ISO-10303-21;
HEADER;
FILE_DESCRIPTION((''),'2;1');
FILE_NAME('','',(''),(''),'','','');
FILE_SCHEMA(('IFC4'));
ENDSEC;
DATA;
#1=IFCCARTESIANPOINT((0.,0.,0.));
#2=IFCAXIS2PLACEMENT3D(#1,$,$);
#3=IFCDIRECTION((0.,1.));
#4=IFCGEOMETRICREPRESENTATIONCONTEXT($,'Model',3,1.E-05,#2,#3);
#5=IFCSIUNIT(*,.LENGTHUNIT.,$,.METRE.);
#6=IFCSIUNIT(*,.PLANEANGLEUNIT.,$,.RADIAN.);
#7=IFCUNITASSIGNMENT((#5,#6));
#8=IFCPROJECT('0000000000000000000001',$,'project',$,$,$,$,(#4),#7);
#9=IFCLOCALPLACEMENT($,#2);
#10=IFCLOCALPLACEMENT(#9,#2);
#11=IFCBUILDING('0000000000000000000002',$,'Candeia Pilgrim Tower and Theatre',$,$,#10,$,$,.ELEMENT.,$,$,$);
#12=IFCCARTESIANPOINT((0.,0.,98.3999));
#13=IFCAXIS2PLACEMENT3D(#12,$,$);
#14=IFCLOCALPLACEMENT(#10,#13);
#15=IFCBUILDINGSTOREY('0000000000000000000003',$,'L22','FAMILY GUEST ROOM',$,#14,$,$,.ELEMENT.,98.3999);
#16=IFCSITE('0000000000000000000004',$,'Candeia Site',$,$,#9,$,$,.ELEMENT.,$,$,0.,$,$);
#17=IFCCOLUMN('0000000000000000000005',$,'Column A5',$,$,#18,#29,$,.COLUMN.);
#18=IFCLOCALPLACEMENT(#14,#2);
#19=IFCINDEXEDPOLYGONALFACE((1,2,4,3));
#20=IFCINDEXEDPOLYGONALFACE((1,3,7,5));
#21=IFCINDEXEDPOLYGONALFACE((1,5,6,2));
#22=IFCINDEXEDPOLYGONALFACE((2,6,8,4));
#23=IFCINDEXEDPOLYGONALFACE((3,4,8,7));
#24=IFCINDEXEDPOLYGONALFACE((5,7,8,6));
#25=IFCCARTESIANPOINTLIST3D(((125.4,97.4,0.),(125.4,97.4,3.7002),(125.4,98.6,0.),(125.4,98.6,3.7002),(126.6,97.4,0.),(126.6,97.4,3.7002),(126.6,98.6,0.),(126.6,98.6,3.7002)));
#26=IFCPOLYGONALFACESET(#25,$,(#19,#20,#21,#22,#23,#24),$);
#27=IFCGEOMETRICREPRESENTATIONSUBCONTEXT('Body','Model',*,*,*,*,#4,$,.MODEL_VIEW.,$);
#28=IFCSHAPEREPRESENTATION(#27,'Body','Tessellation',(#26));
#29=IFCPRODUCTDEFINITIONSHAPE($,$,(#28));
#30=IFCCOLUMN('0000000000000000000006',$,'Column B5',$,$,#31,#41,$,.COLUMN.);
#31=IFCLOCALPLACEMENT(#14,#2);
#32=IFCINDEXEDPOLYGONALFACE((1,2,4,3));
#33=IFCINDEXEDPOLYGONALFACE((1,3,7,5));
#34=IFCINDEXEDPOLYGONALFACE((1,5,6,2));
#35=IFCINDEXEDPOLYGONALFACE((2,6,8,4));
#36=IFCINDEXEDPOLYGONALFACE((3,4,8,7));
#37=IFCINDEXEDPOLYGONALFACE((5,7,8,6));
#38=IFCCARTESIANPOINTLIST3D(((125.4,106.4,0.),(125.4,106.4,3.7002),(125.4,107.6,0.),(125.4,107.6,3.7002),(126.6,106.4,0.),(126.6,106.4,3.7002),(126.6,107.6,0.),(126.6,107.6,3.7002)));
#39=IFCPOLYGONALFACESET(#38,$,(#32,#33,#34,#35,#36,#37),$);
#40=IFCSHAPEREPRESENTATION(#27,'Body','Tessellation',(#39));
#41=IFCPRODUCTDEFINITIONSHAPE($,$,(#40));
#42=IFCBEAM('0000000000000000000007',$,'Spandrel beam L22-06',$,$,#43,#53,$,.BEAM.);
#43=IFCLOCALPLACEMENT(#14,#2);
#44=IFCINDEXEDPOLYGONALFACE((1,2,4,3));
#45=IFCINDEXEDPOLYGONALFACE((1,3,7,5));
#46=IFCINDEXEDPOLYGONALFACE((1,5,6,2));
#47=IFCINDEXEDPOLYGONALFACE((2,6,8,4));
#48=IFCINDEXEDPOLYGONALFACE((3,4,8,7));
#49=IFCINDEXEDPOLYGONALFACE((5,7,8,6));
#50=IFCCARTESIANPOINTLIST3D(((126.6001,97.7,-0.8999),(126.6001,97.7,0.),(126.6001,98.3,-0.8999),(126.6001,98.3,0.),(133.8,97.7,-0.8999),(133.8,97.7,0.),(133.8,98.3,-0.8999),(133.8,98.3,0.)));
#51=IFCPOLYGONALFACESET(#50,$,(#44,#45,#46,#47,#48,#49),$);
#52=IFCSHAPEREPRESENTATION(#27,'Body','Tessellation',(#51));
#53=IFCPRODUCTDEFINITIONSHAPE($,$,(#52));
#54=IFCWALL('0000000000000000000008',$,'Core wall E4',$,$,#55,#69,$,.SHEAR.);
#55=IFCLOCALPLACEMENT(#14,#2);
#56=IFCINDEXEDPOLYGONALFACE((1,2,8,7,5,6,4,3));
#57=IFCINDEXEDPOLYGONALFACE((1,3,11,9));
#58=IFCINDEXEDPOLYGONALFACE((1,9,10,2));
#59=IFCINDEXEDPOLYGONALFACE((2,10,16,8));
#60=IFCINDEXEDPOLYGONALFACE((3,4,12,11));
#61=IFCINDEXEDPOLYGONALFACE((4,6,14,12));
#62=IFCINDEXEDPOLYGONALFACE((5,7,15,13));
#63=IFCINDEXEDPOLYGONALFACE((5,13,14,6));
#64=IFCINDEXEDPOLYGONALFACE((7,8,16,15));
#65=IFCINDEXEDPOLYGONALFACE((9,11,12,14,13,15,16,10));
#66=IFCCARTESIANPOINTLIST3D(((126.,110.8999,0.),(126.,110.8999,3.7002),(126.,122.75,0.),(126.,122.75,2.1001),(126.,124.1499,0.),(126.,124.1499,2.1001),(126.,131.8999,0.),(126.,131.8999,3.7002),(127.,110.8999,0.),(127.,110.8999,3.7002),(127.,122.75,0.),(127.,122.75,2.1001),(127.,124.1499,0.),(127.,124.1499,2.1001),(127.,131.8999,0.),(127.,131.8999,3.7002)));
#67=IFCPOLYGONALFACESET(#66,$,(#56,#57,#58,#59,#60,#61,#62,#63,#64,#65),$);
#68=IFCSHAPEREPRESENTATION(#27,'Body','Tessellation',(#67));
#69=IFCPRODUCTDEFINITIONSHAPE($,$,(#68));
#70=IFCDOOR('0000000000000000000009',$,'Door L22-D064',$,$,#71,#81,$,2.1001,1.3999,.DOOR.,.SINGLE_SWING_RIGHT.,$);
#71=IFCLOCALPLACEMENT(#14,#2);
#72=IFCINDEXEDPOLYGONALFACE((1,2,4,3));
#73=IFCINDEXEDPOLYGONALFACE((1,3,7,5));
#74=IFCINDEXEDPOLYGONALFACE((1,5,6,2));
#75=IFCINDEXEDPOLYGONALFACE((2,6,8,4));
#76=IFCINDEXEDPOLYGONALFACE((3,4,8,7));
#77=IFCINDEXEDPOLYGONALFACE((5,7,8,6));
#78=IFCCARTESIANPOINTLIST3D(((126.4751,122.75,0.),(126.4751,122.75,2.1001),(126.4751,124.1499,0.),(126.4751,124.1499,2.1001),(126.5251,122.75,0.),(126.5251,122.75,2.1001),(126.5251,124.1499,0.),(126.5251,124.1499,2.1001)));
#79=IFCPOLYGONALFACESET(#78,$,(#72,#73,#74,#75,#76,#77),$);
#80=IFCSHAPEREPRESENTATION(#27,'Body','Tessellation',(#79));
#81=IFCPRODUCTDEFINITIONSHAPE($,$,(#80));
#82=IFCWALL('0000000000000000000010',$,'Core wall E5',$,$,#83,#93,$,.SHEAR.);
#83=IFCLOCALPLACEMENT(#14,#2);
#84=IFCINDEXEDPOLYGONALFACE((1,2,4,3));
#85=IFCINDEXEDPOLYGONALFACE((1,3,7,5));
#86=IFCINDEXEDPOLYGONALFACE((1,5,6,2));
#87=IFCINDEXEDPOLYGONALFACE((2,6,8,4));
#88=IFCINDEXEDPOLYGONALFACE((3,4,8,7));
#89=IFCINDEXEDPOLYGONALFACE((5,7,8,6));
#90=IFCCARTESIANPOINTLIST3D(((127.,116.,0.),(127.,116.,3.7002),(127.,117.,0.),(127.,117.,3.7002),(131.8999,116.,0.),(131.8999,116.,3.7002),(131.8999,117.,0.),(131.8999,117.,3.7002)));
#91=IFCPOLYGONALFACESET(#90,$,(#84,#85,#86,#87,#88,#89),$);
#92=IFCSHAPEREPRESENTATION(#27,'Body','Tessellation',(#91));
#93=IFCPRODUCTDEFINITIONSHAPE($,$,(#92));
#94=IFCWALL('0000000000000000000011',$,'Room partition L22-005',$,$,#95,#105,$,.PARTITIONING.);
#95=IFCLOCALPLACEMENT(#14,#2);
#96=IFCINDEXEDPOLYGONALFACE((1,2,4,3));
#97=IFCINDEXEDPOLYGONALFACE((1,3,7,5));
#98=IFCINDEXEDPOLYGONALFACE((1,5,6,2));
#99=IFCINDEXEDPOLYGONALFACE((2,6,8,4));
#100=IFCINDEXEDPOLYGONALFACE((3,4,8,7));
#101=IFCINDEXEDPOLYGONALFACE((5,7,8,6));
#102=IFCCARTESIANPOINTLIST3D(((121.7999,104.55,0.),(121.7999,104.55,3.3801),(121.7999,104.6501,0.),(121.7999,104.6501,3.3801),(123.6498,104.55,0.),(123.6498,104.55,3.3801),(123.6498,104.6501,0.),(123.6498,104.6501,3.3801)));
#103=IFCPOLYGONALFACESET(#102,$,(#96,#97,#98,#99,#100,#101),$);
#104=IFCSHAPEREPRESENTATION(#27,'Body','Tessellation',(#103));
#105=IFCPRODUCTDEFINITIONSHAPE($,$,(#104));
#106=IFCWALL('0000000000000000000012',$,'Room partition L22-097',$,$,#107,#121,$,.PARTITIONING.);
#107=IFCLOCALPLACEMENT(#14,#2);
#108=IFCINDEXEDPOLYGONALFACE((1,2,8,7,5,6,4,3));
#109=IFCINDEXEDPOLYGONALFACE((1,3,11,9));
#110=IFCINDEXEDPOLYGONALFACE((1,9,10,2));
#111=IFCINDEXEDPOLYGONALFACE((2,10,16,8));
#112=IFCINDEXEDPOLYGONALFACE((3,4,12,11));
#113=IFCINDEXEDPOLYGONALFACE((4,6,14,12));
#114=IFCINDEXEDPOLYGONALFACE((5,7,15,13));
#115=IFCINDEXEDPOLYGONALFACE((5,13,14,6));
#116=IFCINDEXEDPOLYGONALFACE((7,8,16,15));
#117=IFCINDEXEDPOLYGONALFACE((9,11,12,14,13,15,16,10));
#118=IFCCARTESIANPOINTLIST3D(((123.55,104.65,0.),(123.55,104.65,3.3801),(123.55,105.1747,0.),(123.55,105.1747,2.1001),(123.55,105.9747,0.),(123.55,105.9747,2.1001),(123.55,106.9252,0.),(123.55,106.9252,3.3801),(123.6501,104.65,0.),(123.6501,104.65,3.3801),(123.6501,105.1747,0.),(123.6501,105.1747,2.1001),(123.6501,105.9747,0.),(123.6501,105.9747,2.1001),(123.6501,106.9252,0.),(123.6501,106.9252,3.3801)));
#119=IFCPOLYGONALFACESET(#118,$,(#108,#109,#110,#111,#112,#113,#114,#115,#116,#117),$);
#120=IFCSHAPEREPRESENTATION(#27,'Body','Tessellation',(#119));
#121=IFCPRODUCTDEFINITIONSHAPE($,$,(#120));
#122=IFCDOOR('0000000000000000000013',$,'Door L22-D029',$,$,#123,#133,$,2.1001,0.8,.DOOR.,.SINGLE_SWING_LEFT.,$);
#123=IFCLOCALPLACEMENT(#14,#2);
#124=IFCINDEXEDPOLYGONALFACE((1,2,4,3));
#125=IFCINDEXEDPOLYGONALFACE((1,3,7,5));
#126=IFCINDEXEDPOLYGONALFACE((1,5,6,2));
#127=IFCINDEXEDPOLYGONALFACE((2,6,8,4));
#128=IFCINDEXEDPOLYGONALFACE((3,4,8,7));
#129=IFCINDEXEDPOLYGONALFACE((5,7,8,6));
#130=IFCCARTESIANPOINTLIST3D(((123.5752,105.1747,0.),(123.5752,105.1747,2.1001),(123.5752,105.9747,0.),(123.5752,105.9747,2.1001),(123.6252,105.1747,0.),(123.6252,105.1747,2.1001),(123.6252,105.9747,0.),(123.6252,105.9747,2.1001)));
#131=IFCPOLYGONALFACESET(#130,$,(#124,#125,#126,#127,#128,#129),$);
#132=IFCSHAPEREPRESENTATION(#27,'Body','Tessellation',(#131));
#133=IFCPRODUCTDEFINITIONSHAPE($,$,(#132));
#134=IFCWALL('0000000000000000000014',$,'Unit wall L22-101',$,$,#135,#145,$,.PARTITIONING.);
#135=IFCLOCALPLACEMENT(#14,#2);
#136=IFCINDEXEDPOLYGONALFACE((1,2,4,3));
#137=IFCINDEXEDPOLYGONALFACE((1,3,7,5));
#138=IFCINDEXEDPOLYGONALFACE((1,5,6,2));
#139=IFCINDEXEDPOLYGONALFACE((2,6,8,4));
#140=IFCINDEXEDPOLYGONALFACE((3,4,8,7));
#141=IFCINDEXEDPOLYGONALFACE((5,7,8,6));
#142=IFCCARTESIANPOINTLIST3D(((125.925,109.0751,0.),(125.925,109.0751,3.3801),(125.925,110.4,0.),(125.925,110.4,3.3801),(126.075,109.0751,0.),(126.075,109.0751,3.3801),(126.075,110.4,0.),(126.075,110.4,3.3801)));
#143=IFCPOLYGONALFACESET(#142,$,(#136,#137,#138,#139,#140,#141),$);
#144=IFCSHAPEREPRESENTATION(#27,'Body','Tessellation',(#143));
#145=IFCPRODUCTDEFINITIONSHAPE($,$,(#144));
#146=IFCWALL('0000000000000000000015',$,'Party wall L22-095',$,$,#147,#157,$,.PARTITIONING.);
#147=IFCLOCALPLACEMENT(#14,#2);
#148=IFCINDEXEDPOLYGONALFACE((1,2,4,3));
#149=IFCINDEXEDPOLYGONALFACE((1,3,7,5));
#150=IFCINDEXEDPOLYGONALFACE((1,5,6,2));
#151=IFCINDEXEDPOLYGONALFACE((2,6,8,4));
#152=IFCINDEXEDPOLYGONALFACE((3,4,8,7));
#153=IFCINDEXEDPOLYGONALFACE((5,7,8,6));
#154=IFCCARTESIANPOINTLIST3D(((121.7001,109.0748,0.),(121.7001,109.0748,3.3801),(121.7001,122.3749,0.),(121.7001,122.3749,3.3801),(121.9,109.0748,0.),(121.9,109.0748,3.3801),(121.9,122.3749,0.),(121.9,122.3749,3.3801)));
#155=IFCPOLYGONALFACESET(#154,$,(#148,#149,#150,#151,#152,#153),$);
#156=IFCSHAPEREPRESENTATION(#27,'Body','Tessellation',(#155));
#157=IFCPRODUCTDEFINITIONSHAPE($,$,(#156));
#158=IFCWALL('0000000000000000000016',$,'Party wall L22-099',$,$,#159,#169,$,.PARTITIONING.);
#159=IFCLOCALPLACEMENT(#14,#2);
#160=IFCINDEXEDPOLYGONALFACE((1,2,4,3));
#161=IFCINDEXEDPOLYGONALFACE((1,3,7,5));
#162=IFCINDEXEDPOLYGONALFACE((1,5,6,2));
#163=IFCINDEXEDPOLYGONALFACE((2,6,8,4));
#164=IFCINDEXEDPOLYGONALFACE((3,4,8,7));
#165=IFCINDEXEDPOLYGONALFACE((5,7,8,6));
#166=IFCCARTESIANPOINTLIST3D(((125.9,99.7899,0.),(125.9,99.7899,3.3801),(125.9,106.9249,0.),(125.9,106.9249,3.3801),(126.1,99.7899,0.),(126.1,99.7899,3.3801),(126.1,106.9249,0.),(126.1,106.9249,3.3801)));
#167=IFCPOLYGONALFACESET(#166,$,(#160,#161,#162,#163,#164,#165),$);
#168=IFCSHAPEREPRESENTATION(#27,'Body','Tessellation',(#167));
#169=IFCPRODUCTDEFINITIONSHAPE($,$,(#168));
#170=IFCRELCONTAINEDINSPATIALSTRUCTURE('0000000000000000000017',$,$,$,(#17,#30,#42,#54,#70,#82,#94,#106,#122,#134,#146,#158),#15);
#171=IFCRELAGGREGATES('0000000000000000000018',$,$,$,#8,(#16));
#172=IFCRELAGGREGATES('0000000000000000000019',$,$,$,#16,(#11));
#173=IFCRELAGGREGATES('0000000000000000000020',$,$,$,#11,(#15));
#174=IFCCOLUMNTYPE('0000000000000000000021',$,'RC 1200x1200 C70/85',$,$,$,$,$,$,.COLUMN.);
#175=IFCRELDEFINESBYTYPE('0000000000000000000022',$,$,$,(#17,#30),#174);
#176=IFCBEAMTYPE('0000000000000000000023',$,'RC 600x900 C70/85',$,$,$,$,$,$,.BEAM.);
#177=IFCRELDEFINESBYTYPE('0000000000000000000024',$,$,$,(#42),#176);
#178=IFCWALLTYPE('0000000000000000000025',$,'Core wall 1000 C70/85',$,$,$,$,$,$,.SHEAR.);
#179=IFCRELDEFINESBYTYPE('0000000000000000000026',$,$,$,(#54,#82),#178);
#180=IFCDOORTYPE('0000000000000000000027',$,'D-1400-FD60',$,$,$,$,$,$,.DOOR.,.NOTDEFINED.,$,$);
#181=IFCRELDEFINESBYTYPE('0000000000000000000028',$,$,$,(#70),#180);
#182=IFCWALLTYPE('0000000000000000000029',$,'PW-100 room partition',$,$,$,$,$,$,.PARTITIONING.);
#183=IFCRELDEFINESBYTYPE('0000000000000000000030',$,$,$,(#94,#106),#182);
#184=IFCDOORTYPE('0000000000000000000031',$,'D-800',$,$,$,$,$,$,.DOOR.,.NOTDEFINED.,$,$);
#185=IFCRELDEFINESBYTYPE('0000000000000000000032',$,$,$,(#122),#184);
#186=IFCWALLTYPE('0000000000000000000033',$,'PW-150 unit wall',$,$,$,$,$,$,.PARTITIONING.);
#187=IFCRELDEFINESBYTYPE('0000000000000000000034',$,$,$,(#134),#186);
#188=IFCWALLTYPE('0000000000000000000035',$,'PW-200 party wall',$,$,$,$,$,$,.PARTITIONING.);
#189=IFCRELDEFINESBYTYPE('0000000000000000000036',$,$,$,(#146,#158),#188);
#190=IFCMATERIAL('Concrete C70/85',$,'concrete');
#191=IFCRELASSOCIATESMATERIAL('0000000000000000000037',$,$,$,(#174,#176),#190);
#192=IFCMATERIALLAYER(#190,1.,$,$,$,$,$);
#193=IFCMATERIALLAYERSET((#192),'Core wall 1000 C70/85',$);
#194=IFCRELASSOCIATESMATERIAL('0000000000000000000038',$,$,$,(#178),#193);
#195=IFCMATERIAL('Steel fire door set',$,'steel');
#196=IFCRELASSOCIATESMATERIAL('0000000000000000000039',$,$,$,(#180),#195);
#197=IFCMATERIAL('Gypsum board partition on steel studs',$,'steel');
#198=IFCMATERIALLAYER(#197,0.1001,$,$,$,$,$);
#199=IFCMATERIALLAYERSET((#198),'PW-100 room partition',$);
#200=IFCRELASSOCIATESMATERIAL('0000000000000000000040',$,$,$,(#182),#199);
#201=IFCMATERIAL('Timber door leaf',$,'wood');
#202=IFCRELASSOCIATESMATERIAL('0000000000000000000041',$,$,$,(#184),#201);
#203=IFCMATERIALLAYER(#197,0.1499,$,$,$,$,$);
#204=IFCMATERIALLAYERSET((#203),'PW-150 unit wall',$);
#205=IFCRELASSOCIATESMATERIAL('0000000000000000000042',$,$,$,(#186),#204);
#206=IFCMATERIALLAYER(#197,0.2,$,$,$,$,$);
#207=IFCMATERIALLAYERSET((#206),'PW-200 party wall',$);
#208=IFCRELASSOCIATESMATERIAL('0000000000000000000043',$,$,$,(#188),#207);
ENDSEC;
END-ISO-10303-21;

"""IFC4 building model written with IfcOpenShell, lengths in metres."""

from ifc_helpers import new_model, si_unit, direction, frame, frame_2d, origin, origin_2d, place, context, subcontext, project, spatial, rectangle, extrude, material, layer, layer_set, material_profile, profile_set, type_object, element, fill, save


model = new_model("IFC4")

# Units and contexts
model_context = context("Model", 3, precision=1e-05, world=origin(), true_north=direction((0.0, 1.0)))
body_context = subcontext(model_context, "Body", "Model", "MODEL_VIEW")
ifc_project = project(units=[si_unit("LENGTHUNIT", "METRE"), si_unit("PLANEANGLEUNIT", "RADIAN")], contexts=[model_context])

# Site, building, storey
site_placement = place(None, origin())
site = spatial("IfcSite", under=ifc_project, at=site_placement, Name="Candeia Site", CompositionType="ELEMENT", RefElevation=0.0)
building_placement = place(site_placement, origin())
building = spatial("IfcBuilding", under=site, at=building_placement, Name="Candeia Pilgrim Tower and Theatre", CompositionType="ELEMENT")
storey_placement = place(building_placement, frame((0.0, 0.0, 98.3999)))
storey = spatial("IfcBuildingStorey", under=building, at=storey_placement, Name="L22", Description="FAMILY GUEST ROOM", CompositionType="ELEMENT", Elevation=98.3999)

# Columns
ifc_material_1 = material(Name="Concrete C70/85", Category="concrete")
ifc_material_profile_1 = material_profile(ifc_material_1, rectangle(XDim=1.2, YDim=1.2, at=origin_2d()))
ifc_profile_set_1 = profile_set([ifc_material_profile_1], Name="Concrete C70/85")
column_type = type_object("IfcColumnType", Name="RC 1200x1200 C70/85", PredefinedType="COLUMN", material=ifc_profile_set_1)
for number, where, z_axis, x_axis, name in (
    (1, (126.0, 98.0, 0.0), (0.0, 0.0, 1.0), (1.0, 0.0, 0.0), "Column A5"),
    (2, (126.0, 107.0, 0.0), (0.0, 0.0, 1.0), (1.0, 0.0, 0.0), "Column B5"),
):
    element("IfcColumn", number, at=place(storey_placement, frame(where, z_axis=z_axis, x_axis=x_axis)), inside=storey, type_object=column_type, Name=name, PredefinedType="COLUMN", context=body_context, shape_type="SweptSolid", body=[
        extrude(rectangle(XDim=1.2, YDim=1.2, at=origin_2d()), origin(), (0.0, 0.0, 1.0), 3.7002),
    ])

# Beam
ifc_material_profile_2 = material_profile(ifc_material_1, rectangle(XDim=0.6001, YDim=0.8999, at=origin_2d()))
ifc_profile_set_2 = profile_set([ifc_material_profile_2], Name="Concrete C70/85")
beam_type = type_object("IfcBeamType", Name="RC 600x900 C70/85", PredefinedType="BEAM", material=ifc_profile_set_2)
beam_placement = place(storey_placement, frame((126.6001, 98.0, -0.45), z_axis=(1.0, 0.0, 0.0), x_axis=(0.0, 1.0, 0.0)))
element("IfcBeam", 3, at=beam_placement, inside=storey, type_object=beam_type, Name="Spandrel beam L22-06", PredefinedType="BEAM", context=body_context, shape_type="SweptSolid", body=[
    extrude(rectangle(XDim=0.6001, YDim=0.8999, at=origin_2d()), origin(), (0.0, 0.0, 1.0), 7.2),
])

# Wall, opening, door
ifc_layer_1 = layer(ifc_material_1, 1.0)
ifc_layer_set_1 = layer_set([ifc_layer_1], Name="Core wall 1000 C70/85")
wall_type_1 = type_object("IfcWallType", Name="Core wall 1000 C70/85", PredefinedType="SHEAR", material=ifc_layer_set_1)
wall_1_placement = place(storey_placement, frame((126.5, 110.8999, 0.0), z_axis=(0.0, 0.0, 1.0), x_axis=(0.0, 1.0, 0.0)))
wall_1 = element("IfcWall", 4, at=wall_1_placement, inside=storey, type_object=wall_type_1, Name="Core wall E4", PredefinedType="SHEAR", context=body_context, shape_type="SweptSolid", body=[
    extrude(rectangle(XDim=21.0, YDim=1.0, at=frame_2d((10.5, 0.0))), origin(), (0.0, 0.0, 1.0), 3.7002),
])
opening_1_placement = place(wall_1_placement, frame((11.8501, 0.0, 0.0)))
opening_1 = element("IfcOpeningElement", 5, at=opening_1_placement, cuts=wall_1, PredefinedType="OPENING", context=body_context, shape_type="SweptSolid", body=[
    extrude(rectangle(XDim=1.3999, YDim=2.1001, at=frame_2d((0.7, 1.05))), frame((0.0, 0.51, 0.0), z_axis=(0.0, -1.0, 0.0), x_axis=(1.0, 0.0, 0.0)), (0.0, 0.0, 1.0), 1.02),
])
ifc_material_2 = material(Name="Steel fire door set", Category="steel")
door_type_1 = type_object("IfcDoorType", Name="D-1400-FD60", OperationType="NOTDEFINED", PredefinedType="DOOR", material=ifc_material_2)
door_1_placement = place(opening_1_placement, origin())
door_1 = element("IfcDoor", 6, at=door_1_placement, inside=storey, type_object=door_type_1, Name="Door L22-D064", OperationType="SINGLE_SWING_RIGHT", OverallHeight=2.1001, OverallWidth=1.3999, PredefinedType="DOOR", context=body_context, shape_type="SweptSolid", body=[
    extrude(rectangle(XDim=1.3999, YDim=2.1001, at=frame_2d((0.7, 1.05))), frame((0.0, 0.0249, 0.0), z_axis=(0.0, -1.0, 0.0), x_axis=(1.0, 0.0, 0.0)), (0.0, 0.0, 1.0), 0.05),
])
fill(opening_1, door_1)

# Walls
wall_2_placement = place(storey_placement, frame((127.0, 116.5, 0.0), z_axis=(0.0, 0.0, 1.0), x_axis=(1.0, 0.0, 0.0)))
element("IfcWall", 7, at=wall_2_placement, inside=storey, type_object=wall_type_1, Name="Core wall E5", PredefinedType="SHEAR", context=body_context, shape_type="SweptSolid", body=[
    extrude(rectangle(XDim=4.8999, YDim=1.0, at=frame_2d((2.45, 0.0))), origin(), (0.0, 0.0, 1.0), 3.7002),
])
ifc_material_3 = material(Name="Gypsum board partition on steel studs", Category="steel")
ifc_layer_2 = layer(ifc_material_3, 0.1001)
ifc_layer_set_2 = layer_set([ifc_layer_2], Name="PW-100 room partition")
wall_type_2 = type_object("IfcWallType", Name="PW-100 room partition", PredefinedType="PARTITIONING", material=ifc_layer_set_2)
wall_3_placement = place(storey_placement, frame((121.8, 104.6001, 0.0), z_axis=(0.0, 0.0, 1.0), x_axis=(1.0, 0.0, 0.0)))
element("IfcWall", 8, at=wall_3_placement, inside=storey, type_object=wall_type_2, Name="Room partition L22-005", PredefinedType="PARTITIONING", context=body_context, shape_type="SweptSolid", body=[
    extrude(rectangle(XDim=1.8499, YDim=0.1001, at=frame_2d((0.9248, 0.0))), origin(), (0.0, 0.0, 1.0), 3.3801),
])

# Wall, opening, door
wall_4_placement = place(storey_placement, frame((123.6001, 104.6499, 0.0), z_axis=(0.0, 0.0, 1.0), x_axis=(0.0, 1.0, 0.0)))
wall_4 = element("IfcWall", 9, at=wall_4_placement, inside=storey, type_object=wall_type_2, Name="Room partition L22-097", PredefinedType="PARTITIONING", context=body_context, shape_type="SweptSolid", body=[
    extrude(rectangle(XDim=2.2751, YDim=0.1001, at=frame_2d((1.1377, 0.0))), origin(), (0.0, 0.0, 1.0), 3.3801),
])
opening_2_placement = place(wall_4_placement, frame((0.5249, 0.0, 0.0)))
opening_2 = element("IfcOpeningElement", 10, at=opening_2_placement, cuts=wall_4, PredefinedType="OPENING", context=body_context, shape_type="SweptSolid", body=[
    extrude(rectangle(XDim=0.8, YDim=2.1001, at=frame_2d((0.3999, 1.05))), frame((0.0, 0.0601, 0.0), z_axis=(0.0, -1.0, 0.0), x_axis=(1.0, 0.0, 0.0)), (0.0, 0.0, 1.0), 0.1201),
])
ifc_material_4 = material(Name="Timber door leaf", Category="wood")
door_type_2 = type_object("IfcDoorType", Name="D-800", OperationType="NOTDEFINED", PredefinedType="DOOR", material=ifc_material_4)
door_2_placement = place(opening_2_placement, origin())
door_2 = element("IfcDoor", 11, at=door_2_placement, inside=storey, type_object=door_type_2, Name="Door L22-D029", OperationType="SINGLE_SWING_LEFT", OverallHeight=2.1001, OverallWidth=0.8, PredefinedType="DOOR", context=body_context, shape_type="SweptSolid", body=[
    extrude(rectangle(XDim=0.8, YDim=2.1001, at=frame_2d((0.3999, 1.05))), frame((0.0, 0.0249, 0.0), z_axis=(0.0, -1.0, 0.0), x_axis=(1.0, 0.0, 0.0)), (0.0, 0.0, 1.0), 0.05),
])
fill(opening_2, door_2)

# Walls
ifc_layer_3 = layer(ifc_material_3, 0.1499)
ifc_layer_set_3 = layer_set([ifc_layer_3], Name="PW-150 unit wall")
wall_type_3 = type_object("IfcWallType", Name="PW-150 unit wall", PredefinedType="PARTITIONING", material=ifc_layer_set_3)
wall_5_placement = place(storey_placement, frame((126.0, 109.075, 0.0), z_axis=(0.0, 0.0, 1.0), x_axis=(0.0, 1.0, 0.0)))
element("IfcWall", 12, at=wall_5_placement, inside=storey, type_object=wall_type_3, Name="Unit wall L22-101", PredefinedType="PARTITIONING", context=body_context, shape_type="SweptSolid", body=[
    extrude(rectangle(XDim=1.325, YDim=0.1499, at=frame_2d((0.6626, 0.0))), origin(), (0.0, 0.0, 1.0), 3.3801),
])
ifc_layer_4 = layer(ifc_material_3, 0.2)
ifc_layer_set_4 = layer_set([ifc_layer_4], Name="PW-200 party wall")
wall_type_4 = type_object("IfcWallType", Name="PW-200 party wall", PredefinedType="PARTITIONING", material=ifc_layer_set_4)
wall_6_placement = place(storey_placement, frame((121.8, 109.075, 0.0), z_axis=(0.0, 0.0, 1.0), x_axis=(0.0, 1.0, 0.0)))
element("IfcWall", 13, at=wall_6_placement, inside=storey, type_object=wall_type_4, Name="Party wall L22-095", PredefinedType="PARTITIONING", context=body_context, shape_type="SweptSolid", body=[
    extrude(rectangle(XDim=13.3, YDim=0.2, at=frame_2d((6.6499, 0.0))), origin(), (0.0, 0.0, 1.0), 3.3801),
])
wall_7_placement = place(storey_placement, frame((126.0, 99.79, 0.0), z_axis=(0.0, 0.0, 1.0), x_axis=(0.0, 1.0, 0.0)))
element("IfcWall", 14, at=wall_7_placement, inside=storey, type_object=wall_type_4, Name="Party wall L22-099", PredefinedType="PARTITIONING", context=body_context, shape_type="SweptSolid", body=[
    extrude(rectangle(XDim=7.135, YDim=0.2, at=frame_2d((3.5674, 0.0))), origin(), (0.0, 0.0, 1.0), 3.3801),
])

save(model, "model.ifc")
